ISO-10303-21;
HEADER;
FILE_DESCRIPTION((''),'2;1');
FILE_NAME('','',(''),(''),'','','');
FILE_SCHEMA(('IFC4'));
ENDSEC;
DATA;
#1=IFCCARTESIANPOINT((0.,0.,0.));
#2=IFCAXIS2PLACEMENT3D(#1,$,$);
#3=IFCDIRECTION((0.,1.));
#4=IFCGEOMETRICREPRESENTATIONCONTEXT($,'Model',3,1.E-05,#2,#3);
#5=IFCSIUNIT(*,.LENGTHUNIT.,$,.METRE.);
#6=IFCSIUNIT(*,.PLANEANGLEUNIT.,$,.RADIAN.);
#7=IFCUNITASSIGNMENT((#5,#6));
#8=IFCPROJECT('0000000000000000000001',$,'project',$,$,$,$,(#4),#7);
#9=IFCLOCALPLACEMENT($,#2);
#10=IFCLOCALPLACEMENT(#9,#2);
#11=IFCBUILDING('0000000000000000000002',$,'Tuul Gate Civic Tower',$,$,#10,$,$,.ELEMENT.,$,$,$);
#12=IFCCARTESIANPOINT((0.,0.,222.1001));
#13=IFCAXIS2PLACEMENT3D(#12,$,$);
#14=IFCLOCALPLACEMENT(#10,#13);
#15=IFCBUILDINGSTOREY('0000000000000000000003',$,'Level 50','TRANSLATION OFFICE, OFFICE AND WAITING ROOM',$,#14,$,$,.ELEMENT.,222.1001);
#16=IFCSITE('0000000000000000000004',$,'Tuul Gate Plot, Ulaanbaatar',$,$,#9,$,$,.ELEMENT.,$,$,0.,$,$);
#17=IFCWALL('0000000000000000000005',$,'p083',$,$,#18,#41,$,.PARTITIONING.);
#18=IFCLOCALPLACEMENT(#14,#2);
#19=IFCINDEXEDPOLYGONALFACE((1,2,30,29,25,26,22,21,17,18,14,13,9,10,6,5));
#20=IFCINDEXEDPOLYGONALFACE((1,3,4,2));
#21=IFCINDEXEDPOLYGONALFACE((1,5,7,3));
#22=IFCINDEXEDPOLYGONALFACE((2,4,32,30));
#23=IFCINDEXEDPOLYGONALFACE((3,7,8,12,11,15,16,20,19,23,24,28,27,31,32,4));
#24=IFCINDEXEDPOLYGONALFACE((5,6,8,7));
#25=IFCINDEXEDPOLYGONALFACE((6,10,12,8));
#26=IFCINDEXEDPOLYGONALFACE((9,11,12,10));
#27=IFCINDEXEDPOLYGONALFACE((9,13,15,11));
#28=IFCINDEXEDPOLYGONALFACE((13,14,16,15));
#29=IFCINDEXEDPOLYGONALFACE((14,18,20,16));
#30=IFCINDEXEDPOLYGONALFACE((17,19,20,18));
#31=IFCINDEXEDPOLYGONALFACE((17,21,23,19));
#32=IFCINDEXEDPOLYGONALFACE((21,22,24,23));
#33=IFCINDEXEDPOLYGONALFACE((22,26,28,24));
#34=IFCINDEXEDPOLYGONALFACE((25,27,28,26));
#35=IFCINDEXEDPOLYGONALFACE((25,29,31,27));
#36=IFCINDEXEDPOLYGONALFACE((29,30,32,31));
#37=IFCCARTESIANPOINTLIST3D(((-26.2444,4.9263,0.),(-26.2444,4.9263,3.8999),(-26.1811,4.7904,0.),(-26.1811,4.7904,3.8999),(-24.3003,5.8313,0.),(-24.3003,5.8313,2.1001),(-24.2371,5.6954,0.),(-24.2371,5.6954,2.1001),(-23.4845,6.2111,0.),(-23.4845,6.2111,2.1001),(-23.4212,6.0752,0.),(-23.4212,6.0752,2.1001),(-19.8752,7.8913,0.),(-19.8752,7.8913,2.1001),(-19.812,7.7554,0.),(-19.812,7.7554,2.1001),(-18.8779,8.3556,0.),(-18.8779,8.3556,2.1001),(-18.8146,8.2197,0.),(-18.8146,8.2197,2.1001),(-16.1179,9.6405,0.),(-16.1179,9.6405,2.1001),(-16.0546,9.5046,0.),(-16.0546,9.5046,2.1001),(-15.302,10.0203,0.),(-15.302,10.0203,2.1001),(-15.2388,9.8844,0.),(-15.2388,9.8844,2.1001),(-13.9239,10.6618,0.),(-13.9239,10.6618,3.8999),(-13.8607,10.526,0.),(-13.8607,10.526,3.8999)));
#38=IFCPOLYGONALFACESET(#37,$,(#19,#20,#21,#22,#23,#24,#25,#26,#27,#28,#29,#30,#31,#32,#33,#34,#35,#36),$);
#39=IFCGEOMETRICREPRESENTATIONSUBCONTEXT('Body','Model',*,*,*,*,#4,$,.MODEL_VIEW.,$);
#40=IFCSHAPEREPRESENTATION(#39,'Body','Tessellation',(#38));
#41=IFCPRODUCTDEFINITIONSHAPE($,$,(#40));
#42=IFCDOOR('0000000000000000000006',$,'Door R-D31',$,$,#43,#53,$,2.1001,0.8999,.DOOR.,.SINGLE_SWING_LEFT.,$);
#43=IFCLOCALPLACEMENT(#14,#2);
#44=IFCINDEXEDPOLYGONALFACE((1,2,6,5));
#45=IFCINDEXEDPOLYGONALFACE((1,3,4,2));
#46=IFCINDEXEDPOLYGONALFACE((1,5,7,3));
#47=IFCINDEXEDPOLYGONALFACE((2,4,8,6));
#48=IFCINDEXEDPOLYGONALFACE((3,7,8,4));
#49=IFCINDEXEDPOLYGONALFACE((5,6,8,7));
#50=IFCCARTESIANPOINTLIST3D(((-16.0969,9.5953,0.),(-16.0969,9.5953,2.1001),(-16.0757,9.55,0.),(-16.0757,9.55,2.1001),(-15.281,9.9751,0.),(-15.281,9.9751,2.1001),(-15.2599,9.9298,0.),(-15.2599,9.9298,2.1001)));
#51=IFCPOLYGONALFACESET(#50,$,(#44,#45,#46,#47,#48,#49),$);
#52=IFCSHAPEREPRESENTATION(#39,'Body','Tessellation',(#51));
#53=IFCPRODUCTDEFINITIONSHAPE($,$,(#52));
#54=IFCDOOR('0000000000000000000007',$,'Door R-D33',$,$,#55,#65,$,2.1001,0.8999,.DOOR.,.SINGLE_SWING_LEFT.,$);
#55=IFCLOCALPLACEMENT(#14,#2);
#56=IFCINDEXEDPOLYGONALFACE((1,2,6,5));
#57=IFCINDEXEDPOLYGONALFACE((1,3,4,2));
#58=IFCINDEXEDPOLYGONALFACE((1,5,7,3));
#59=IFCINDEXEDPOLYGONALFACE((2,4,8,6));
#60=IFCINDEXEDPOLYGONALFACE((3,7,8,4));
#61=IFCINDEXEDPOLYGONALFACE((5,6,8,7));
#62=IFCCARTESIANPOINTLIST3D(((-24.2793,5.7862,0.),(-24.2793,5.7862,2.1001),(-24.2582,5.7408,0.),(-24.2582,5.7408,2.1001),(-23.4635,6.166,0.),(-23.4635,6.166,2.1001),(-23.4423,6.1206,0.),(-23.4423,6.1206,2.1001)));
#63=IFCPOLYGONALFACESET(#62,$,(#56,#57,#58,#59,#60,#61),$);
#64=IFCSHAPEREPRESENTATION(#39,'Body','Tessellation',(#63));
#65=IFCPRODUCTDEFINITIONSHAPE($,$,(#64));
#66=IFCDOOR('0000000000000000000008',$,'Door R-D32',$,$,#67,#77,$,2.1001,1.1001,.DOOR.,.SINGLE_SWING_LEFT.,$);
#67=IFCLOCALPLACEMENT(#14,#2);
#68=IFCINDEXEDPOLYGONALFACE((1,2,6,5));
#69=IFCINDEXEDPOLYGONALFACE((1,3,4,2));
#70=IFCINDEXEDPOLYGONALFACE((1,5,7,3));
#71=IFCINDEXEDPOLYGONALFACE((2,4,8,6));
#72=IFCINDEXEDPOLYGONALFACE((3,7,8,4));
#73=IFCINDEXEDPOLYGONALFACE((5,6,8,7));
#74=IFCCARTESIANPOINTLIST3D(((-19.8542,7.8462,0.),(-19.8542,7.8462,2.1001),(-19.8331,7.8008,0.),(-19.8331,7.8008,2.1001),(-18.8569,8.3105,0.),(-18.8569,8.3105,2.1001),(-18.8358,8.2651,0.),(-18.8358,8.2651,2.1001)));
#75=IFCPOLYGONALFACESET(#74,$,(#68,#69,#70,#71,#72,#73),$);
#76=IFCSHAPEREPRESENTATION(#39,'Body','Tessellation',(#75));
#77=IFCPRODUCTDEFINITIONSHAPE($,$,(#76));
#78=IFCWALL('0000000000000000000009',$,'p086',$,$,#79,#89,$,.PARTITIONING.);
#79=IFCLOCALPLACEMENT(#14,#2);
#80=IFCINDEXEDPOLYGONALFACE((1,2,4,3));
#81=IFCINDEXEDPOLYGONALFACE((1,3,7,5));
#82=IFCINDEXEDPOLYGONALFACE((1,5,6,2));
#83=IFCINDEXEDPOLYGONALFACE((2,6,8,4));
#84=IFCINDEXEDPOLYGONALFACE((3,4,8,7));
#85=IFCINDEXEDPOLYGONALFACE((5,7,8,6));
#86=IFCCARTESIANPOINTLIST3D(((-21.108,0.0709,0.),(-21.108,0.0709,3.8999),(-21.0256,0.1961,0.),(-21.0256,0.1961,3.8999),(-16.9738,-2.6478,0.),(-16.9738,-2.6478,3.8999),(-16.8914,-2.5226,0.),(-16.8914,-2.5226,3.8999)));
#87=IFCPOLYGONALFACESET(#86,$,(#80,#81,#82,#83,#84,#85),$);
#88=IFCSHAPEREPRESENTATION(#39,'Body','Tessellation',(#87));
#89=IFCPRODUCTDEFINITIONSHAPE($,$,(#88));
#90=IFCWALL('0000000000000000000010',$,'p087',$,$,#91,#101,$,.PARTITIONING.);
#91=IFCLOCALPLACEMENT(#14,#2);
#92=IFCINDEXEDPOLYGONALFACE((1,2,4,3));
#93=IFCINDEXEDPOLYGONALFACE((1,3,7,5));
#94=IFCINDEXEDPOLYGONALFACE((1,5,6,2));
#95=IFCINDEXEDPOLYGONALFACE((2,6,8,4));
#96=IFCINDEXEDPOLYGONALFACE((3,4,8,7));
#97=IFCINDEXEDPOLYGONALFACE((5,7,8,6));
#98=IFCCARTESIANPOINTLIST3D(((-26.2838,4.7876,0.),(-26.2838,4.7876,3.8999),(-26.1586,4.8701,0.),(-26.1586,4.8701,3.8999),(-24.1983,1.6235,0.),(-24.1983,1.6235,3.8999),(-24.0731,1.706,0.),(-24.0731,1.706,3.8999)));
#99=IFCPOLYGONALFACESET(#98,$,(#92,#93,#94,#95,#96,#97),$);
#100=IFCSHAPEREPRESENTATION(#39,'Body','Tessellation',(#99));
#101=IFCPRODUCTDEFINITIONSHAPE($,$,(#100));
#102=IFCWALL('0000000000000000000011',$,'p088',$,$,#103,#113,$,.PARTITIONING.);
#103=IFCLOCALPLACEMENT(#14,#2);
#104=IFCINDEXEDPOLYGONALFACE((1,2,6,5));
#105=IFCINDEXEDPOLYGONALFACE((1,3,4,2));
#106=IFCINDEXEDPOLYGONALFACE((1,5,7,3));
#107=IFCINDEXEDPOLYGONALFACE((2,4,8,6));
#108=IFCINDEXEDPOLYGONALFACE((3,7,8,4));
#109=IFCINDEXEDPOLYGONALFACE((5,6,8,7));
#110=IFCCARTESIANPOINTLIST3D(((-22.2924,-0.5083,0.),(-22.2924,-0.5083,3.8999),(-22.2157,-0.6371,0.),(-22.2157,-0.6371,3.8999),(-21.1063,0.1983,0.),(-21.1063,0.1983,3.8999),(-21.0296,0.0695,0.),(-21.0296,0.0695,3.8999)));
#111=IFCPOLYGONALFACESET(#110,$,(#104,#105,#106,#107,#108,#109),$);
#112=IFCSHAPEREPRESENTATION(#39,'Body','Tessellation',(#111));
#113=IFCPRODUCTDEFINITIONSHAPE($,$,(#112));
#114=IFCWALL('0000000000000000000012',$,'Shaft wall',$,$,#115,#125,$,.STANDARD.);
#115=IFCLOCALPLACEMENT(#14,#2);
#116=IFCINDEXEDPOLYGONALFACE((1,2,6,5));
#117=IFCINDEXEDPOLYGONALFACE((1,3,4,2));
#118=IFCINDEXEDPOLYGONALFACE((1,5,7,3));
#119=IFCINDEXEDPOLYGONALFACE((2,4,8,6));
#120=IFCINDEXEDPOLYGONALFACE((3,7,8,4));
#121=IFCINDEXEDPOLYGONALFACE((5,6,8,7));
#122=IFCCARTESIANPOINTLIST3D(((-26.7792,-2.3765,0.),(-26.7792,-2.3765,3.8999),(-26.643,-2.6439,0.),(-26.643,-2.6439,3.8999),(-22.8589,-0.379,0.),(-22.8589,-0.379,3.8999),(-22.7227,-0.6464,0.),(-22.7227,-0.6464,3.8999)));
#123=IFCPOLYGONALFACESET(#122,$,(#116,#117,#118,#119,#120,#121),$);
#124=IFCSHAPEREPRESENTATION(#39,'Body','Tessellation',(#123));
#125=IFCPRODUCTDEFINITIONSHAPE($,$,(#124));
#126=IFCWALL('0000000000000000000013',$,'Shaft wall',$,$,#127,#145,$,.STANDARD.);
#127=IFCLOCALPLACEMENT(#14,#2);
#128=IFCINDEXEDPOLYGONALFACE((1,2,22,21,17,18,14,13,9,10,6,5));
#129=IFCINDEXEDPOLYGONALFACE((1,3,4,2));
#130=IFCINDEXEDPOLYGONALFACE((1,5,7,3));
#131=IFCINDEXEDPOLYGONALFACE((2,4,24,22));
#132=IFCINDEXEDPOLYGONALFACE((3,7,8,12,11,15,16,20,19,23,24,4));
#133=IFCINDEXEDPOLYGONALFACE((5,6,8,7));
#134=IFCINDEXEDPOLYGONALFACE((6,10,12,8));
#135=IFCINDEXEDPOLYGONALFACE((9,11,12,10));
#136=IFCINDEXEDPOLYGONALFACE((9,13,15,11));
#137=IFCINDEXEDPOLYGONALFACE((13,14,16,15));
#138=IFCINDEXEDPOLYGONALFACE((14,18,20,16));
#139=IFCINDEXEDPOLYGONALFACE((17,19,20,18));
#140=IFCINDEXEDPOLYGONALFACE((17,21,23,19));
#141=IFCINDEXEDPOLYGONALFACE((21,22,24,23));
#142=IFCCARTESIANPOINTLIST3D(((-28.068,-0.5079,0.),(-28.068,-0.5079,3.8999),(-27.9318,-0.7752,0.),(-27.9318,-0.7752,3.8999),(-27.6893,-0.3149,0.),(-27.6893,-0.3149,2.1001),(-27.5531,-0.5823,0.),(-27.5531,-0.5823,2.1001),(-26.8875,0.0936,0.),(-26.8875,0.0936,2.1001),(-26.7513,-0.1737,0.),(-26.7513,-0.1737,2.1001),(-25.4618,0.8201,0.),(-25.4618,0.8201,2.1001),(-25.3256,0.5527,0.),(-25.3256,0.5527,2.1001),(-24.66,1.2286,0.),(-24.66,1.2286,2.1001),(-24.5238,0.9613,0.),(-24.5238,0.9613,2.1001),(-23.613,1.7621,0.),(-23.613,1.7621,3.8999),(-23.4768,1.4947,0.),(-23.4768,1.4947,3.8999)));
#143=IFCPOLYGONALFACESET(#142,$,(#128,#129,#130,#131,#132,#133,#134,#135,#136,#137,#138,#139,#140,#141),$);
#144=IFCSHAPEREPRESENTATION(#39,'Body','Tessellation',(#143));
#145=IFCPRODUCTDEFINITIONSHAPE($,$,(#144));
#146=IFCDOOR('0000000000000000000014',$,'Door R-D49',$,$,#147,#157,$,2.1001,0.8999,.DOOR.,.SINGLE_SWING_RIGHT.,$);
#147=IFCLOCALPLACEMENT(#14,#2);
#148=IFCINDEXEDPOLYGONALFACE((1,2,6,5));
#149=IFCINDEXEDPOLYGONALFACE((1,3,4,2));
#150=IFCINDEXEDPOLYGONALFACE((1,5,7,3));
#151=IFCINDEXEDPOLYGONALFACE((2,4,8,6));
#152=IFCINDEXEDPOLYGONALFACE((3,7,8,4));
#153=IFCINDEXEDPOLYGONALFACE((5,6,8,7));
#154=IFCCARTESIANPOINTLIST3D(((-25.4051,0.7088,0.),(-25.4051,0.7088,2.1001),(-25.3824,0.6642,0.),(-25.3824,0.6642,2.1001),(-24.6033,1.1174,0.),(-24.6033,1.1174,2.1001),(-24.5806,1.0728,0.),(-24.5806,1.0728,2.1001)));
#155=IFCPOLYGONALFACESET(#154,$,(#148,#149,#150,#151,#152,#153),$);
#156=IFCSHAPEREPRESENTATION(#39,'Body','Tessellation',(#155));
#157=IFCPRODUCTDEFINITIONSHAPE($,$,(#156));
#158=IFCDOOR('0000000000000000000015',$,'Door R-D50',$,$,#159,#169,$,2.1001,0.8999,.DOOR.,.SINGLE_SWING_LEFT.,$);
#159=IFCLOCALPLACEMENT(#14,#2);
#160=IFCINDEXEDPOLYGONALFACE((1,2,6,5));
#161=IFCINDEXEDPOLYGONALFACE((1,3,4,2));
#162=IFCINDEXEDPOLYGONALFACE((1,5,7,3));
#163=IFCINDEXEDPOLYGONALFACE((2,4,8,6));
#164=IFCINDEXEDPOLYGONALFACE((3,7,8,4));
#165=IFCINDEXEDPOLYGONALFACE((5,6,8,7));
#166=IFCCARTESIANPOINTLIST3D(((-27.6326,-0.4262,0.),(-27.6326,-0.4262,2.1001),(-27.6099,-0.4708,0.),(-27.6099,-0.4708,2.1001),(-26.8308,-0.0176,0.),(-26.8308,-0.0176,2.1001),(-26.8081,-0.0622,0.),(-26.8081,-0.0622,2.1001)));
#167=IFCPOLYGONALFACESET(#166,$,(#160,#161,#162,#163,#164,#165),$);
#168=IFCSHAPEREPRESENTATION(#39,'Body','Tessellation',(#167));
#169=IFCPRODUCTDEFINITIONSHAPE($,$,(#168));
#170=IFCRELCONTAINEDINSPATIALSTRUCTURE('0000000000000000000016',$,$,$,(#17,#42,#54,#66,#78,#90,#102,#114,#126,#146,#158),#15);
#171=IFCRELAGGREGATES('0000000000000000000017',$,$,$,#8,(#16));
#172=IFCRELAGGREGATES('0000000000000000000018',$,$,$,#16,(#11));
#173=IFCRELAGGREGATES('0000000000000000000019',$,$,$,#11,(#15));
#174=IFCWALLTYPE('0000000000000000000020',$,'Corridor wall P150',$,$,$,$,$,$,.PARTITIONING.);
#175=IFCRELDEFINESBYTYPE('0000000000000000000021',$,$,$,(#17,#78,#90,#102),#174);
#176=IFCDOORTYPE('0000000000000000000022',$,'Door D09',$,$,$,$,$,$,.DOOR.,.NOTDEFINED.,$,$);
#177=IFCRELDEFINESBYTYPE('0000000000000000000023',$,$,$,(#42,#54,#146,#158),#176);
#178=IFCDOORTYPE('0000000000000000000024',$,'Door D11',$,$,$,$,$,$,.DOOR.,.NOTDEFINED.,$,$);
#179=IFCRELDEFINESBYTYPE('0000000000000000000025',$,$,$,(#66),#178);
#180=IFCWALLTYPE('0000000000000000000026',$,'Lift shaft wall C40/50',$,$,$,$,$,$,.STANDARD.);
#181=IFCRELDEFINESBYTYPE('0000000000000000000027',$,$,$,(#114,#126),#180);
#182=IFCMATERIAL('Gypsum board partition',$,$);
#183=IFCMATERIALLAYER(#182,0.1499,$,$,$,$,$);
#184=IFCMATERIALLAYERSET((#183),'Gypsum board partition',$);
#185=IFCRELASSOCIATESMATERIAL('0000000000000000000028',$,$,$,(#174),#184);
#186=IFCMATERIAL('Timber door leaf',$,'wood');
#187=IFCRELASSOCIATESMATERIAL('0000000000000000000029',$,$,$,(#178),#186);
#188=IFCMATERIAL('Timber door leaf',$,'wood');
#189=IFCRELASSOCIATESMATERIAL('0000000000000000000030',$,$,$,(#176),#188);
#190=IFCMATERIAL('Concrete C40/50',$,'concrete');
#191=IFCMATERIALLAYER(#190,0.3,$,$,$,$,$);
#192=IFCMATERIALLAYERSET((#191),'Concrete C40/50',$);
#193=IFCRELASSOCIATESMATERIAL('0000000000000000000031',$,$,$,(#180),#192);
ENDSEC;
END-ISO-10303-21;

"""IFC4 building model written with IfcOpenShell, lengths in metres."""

from ifc_helpers import new_model, si_unit, direction, frame, frame_2d, origin, place, context, subcontext, project, spatial, rectangle, extrude, material, layer, layer_set, type_object, element, fill, save


model = new_model("IFC4")

# Units and contexts
model_context = context("Model", 3, precision=1e-05, world=origin(), true_north=direction((0.0, 1.0)))
body_context = subcontext(model_context, "Body", "Model", "MODEL_VIEW")
ifc_project = project(units=[si_unit("LENGTHUNIT", "METRE"), si_unit("PLANEANGLEUNIT", "RADIAN")], contexts=[model_context])

# Site, building, storey
site_placement = place(None, origin())
site = spatial("IfcSite", under=ifc_project, at=site_placement, Name="Tuul Gate Plot, Ulaanbaatar", CompositionType="ELEMENT", RefElevation=0.0)
building_placement = place(site_placement, origin())
building = spatial("IfcBuilding", under=site, at=building_placement, Name="Tuul Gate Civic Tower", CompositionType="ELEMENT")
storey_placement = place(building_placement, frame((0.0, 0.0, 222.1001)))
storey = spatial("IfcBuildingStorey", under=building, at=storey_placement, Name="Level 50", Description="TRANSLATION OFFICE, OFFICE AND WAITING ROOM", CompositionType="ELEMENT", Elevation=222.1001)

# Shared definitions
ifc_material_1 = material(Name="Gypsum board partition")
ifc_layer_1 = layer(ifc_material_1, 0.1499)
ifc_layer_set_1 = layer_set([ifc_layer_1], Name="Gypsum board partition")
wall_type_1 = type_object("IfcWallType", Name="Corridor wall P150", PredefinedType="PARTITIONING", material=ifc_layer_set_1)
ifc_material_2 = material(Name="Timber door leaf", Category="wood")
door_type_1 = type_object("IfcDoorType", Name="Door D11", OperationType="NOTDEFINED", PredefinedType="DOOR", material=ifc_material_2)

# Wall, openings, doors
ifc_material_3 = material(Name="Timber door leaf", Category="wood")
door_type_2 = type_object("IfcDoorType", Name="Door D09", OperationType="NOTDEFINED", PredefinedType="DOOR", material=ifc_material_3)
wall_1_placement = place(storey_placement, frame((-26.2126, 4.8584, 0.0), z_axis=(0.0, 0.0, 1.0), x_axis=(0.906577, 0.42204, 0.0)))
wall_1 = element("IfcWall", 1, at=wall_1_placement, inside=storey, type_object=wall_type_1, Name="p083", PredefinedType="PARTITIONING", context=body_context, shape_type="SweptSolid", body=[
    extrude(rectangle(XDim=13.5901, YDim=0.1499, at=frame_2d((6.7949, 0.0))), origin(), (0.0, 0.0, 1.0), 3.8999),
])
opening_1_placement = place(wall_1_placement, frame((11.1699, 0.0, 0.0)))
opening_1 = element("IfcOpeningElement", 2, at=opening_1_placement, cuts=wall_1, PredefinedType="OPENING", context=body_context, shape_type="SweptSolid", body=[
    extrude(rectangle(XDim=0.8999, YDim=2.1001, at=frame_2d((0.45, 1.05))), frame((0.0, 0.085, 0.0), z_axis=(0.0, -1.0, 0.0), x_axis=(1.0, 0.0, 0.0)), (0.0, 0.0, 1.0), 0.1699),
])
opening_2_placement = place(wall_1_placement, frame((7.0254, 0.0, 0.0)))
opening_2 = element("IfcOpeningElement", 3, at=opening_2_placement, cuts=wall_1, PredefinedType="OPENING", context=body_context, shape_type="SweptSolid", body=[
    extrude(rectangle(XDim=1.1001, YDim=2.1001, at=frame_2d((0.55, 1.05))), frame((0.0, 0.085, 0.0), z_axis=(0.0, -1.0, 0.0), x_axis=(1.0, 0.0, 0.0)), (0.0, 0.0, 1.0), 0.1699),
])
opening_3_placement = place(wall_1_placement, frame((2.1443, 0.0, 0.0)))
opening_3 = element("IfcOpeningElement", 4, at=opening_3_placement, cuts=wall_1, PredefinedType="OPENING", context=body_context, shape_type="SweptSolid", body=[
    extrude(rectangle(XDim=0.8999, YDim=2.1001, at=frame_2d((0.45, 1.05))), frame((0.0, 0.085, 0.0), z_axis=(0.0, -1.0, 0.0), x_axis=(1.0, 0.0, 0.0)), (0.0, 0.0, 1.0), 0.1699),
])
door_1_placement = place(opening_1_placement, frame((0.8999, 0.0, 0.0), z_axis=(0.0, 0.0, 1.0), x_axis=(-1.0, 0.0, 0.0)))
door_1 = element("IfcDoor", 5, at=door_1_placement, inside=storey, type_object=door_type_2, Name="Door R-D31", OperationType="SINGLE_SWING_LEFT", OverallHeight=2.1001, OverallWidth=0.8999, PredefinedType="DOOR", context=body_context, shape_type="SweptSolid", body=[
    extrude(rectangle(XDim=0.8999, YDim=2.1001, at=frame_2d((0.45, 1.05))), frame((0.0, 0.0249, 0.0), z_axis=(0.0, -1.0, 0.0), x_axis=(1.0, 0.0, 0.0)), (0.0, 0.0, 1.0), 0.05),
])
fill(opening_1, door_1)
door_2_placement = place(opening_3_placement, frame((0.8999, 0.0, 0.0), z_axis=(0.0, 0.0, 1.0), x_axis=(-1.0, 0.0, 0.0)))
door_2 = element("IfcDoor", 6, at=door_2_placement, inside=storey, type_object=door_type_2, Name="Door R-D33", OperationType="SINGLE_SWING_LEFT", OverallHeight=2.1001, OverallWidth=0.8999, PredefinedType="DOOR", context=body_context, shape_type="SweptSolid", body=[
    extrude(rectangle(XDim=0.8999, YDim=2.1001, at=frame_2d((0.45, 1.05))), frame((0.0, 0.0249, 0.0), z_axis=(0.0, -1.0, 0.0), x_axis=(1.0, 0.0, 0.0)), (0.0, 0.0, 1.0), 0.05),
])
fill(opening_3, door_2)
door_3_placement = place(opening_2_placement, frame((1.1001, 0.0, 0.0), z_axis=(0.0, 0.0, 1.0), x_axis=(-1.0, 0.0, 0.0)))
door_3 = element("IfcDoor", 7, at=door_3_placement, inside=storey, type_object=door_type_1, Name="Door R-D32", OperationType="SINGLE_SWING_LEFT", OverallHeight=2.1001, OverallWidth=1.1001, PredefinedType="DOOR", context=body_context, shape_type="SweptSolid", body=[
    extrude(rectangle(XDim=1.1001, YDim=2.1001, at=frame_2d((0.55, 1.05))), frame((0.0, 0.0249, 0.0), z_axis=(0.0, -1.0, 0.0), x_axis=(1.0, 0.0, 0.0)), (0.0, 0.0, 1.0), 0.05),
])
fill(opening_2, door_3)

# Walls
wall_2_placement = place(storey_placement, frame((-21.0669, 0.1335, 0.0), z_axis=(0.0, 0.0, 1.0), x_axis=(0.835526, -0.549452, 0.0)))
element("IfcWall", 8, at=wall_2_placement, inside=storey, type_object=wall_type_1, Name="p086", PredefinedType="PARTITIONING", context=body_context, shape_type="SweptSolid", body=[
    extrude(rectangle(XDim=4.948, YDim=0.1499, at=frame_2d((2.4741, 0.0))), origin(), (0.0, 0.0, 1.0), 3.8999),
])
wall_3_placement = place(storey_placement, frame((-26.2212, 4.8289, 0.0), z_axis=(0.0, 0.0, 1.0), x_axis=(0.550322, -0.834953, 0.0)))
element("IfcWall", 9, at=wall_3_placement, inside=storey, type_object=wall_type_1, Name="p087", PredefinedType="PARTITIONING", context=body_context, shape_type="SweptSolid", body=[
    extrude(rectangle(XDim=3.7896, YDim=0.1499, at=frame_2d((1.8948, 0.0))), origin(), (0.0, 0.0, 1.0), 3.8999),
])
wall_4_placement = place(storey_placement, frame((-22.2542, -0.5728, 0.0), z_axis=(0.0, 0.0, 1.0), x_axis=(0.859111, 0.511789, 0.0)))
element("IfcWall", 10, at=wall_4_placement, inside=storey, type_object=wall_type_1, Name="p088", PredefinedType="PARTITIONING", context=body_context, shape_type="SweptSolid", body=[
    extrude(rectangle(XDim=1.3806, YDim=0.1499, at=frame_2d((0.6904, 0.0))), origin(), (0.0, 0.0, 1.0), 3.8999),
])
ifc_material_4 = material(Name="Concrete C40/50", Category="concrete")
ifc_layer_2 = layer(ifc_material_4, 0.3)
ifc_layer_set_2 = layer_set([ifc_layer_2], Name="Concrete C40/50")
wall_type_2 = type_object("IfcWallType", Name="Lift shaft wall C40/50", PredefinedType="STANDARD", material=ifc_layer_set_2)
wall_5_placement = place(storey_placement, frame((-22.7908, -0.5127, 0.0), z_axis=(0.0, 0.0, 1.0), x_axis=(-0.891006, -0.453992, 0.0)))
element("IfcWall", 11, at=wall_5_placement, inside=storey, type_object=wall_type_2, Name="Shaft wall", PredefinedType="STANDARD", context=body_context, shape_type="SweptSolid", body=[
    extrude(rectangle(XDim=4.3999, YDim=0.3, at=frame_2d((2.2, 0.0))), origin(), (0.0, 0.0, 1.0), 3.8999),
])

# Wall, openings, doors
wall_6_placement = place(storey_placement, frame((-23.5449, 1.6284, 0.0), z_axis=(0.0, 0.0, 1.0), x_axis=(-0.891003, -0.453997, 0.0)))
wall_6 = element("IfcWall", 12, at=wall_6_placement, inside=storey, type_object=wall_type_2, Name="Shaft wall", PredefinedType="STANDARD", context=body_context, shape_type="SweptSolid", body=[
    extrude(rectangle(XDim=5.0, YDim=0.3, at=frame_2d((2.5, 0.0))), origin(), (0.0, 0.0, 1.0), 3.8999),
])
opening_4_placement = place(wall_6_placement, frame((1.175, 0.0, 0.0)))
opening_4 = element("IfcOpeningElement", 13, at=opening_4_placement, cuts=wall_6, PredefinedType="OPENING", context=body_context, shape_type="SweptSolid", body=[
    extrude(rectangle(XDim=0.8999, YDim=2.1001, at=frame_2d((0.45, 1.05))), frame((0.0, 0.1602, 0.0), z_axis=(0.0, -1.0, 0.0), x_axis=(1.0, 0.0, 0.0)), (0.0, 0.0, 1.0), 0.3201),
])
opening_5_placement = place(wall_6_placement, frame((3.675, 0.0, 0.0)))
opening_5 = element("IfcOpeningElement", 14, at=opening_5_placement, cuts=wall_6, PredefinedType="OPENING", context=body_context, shape_type="SweptSolid", body=[
    extrude(rectangle(XDim=0.8999, YDim=2.1001, at=frame_2d((0.45, 1.05))), frame((0.0, 0.1602, 0.0), z_axis=(0.0, -1.0, 0.0), x_axis=(1.0, 0.0, 0.0)), (0.0, 0.0, 1.0), 0.3201),
])
door_4_placement = place(opening_4_placement, origin())
door_4 = element("IfcDoor", 15, at=door_4_placement, inside=storey, type_object=door_type_2, Name="Door R-D49", OperationType="SINGLE_SWING_RIGHT", OverallHeight=2.1001, OverallWidth=0.8999, PredefinedType="DOOR", context=body_context, shape_type="SweptSolid", body=[
    extrude(rectangle(XDim=0.8999, YDim=2.1001, at=frame_2d((0.45, 1.05))), frame((0.0, 0.0249, 0.0), z_axis=(0.0, -1.0, 0.0), x_axis=(1.0, 0.0, 0.0)), (0.0, 0.0, 1.0), 0.05),
])
fill(opening_4, door_4)
door_5_placement = place(opening_5_placement, origin())
door_5 = element("IfcDoor", 16, at=door_5_placement, inside=storey, type_object=door_type_2, Name="Door R-D50", OperationType="SINGLE_SWING_LEFT", OverallHeight=2.1001, OverallWidth=0.8999, PredefinedType="DOOR", context=body_context, shape_type="SweptSolid", body=[
    extrude(rectangle(XDim=0.8999, YDim=2.1001, at=frame_2d((0.45, 1.05))), frame((0.0, 0.0249, 0.0), z_axis=(0.0, -1.0, 0.0), x_axis=(1.0, 0.0, 0.0)), (0.0, 0.0, 1.0), 0.05),
])
fill(opening_5, door_5)

save(model, "model.ifc")
